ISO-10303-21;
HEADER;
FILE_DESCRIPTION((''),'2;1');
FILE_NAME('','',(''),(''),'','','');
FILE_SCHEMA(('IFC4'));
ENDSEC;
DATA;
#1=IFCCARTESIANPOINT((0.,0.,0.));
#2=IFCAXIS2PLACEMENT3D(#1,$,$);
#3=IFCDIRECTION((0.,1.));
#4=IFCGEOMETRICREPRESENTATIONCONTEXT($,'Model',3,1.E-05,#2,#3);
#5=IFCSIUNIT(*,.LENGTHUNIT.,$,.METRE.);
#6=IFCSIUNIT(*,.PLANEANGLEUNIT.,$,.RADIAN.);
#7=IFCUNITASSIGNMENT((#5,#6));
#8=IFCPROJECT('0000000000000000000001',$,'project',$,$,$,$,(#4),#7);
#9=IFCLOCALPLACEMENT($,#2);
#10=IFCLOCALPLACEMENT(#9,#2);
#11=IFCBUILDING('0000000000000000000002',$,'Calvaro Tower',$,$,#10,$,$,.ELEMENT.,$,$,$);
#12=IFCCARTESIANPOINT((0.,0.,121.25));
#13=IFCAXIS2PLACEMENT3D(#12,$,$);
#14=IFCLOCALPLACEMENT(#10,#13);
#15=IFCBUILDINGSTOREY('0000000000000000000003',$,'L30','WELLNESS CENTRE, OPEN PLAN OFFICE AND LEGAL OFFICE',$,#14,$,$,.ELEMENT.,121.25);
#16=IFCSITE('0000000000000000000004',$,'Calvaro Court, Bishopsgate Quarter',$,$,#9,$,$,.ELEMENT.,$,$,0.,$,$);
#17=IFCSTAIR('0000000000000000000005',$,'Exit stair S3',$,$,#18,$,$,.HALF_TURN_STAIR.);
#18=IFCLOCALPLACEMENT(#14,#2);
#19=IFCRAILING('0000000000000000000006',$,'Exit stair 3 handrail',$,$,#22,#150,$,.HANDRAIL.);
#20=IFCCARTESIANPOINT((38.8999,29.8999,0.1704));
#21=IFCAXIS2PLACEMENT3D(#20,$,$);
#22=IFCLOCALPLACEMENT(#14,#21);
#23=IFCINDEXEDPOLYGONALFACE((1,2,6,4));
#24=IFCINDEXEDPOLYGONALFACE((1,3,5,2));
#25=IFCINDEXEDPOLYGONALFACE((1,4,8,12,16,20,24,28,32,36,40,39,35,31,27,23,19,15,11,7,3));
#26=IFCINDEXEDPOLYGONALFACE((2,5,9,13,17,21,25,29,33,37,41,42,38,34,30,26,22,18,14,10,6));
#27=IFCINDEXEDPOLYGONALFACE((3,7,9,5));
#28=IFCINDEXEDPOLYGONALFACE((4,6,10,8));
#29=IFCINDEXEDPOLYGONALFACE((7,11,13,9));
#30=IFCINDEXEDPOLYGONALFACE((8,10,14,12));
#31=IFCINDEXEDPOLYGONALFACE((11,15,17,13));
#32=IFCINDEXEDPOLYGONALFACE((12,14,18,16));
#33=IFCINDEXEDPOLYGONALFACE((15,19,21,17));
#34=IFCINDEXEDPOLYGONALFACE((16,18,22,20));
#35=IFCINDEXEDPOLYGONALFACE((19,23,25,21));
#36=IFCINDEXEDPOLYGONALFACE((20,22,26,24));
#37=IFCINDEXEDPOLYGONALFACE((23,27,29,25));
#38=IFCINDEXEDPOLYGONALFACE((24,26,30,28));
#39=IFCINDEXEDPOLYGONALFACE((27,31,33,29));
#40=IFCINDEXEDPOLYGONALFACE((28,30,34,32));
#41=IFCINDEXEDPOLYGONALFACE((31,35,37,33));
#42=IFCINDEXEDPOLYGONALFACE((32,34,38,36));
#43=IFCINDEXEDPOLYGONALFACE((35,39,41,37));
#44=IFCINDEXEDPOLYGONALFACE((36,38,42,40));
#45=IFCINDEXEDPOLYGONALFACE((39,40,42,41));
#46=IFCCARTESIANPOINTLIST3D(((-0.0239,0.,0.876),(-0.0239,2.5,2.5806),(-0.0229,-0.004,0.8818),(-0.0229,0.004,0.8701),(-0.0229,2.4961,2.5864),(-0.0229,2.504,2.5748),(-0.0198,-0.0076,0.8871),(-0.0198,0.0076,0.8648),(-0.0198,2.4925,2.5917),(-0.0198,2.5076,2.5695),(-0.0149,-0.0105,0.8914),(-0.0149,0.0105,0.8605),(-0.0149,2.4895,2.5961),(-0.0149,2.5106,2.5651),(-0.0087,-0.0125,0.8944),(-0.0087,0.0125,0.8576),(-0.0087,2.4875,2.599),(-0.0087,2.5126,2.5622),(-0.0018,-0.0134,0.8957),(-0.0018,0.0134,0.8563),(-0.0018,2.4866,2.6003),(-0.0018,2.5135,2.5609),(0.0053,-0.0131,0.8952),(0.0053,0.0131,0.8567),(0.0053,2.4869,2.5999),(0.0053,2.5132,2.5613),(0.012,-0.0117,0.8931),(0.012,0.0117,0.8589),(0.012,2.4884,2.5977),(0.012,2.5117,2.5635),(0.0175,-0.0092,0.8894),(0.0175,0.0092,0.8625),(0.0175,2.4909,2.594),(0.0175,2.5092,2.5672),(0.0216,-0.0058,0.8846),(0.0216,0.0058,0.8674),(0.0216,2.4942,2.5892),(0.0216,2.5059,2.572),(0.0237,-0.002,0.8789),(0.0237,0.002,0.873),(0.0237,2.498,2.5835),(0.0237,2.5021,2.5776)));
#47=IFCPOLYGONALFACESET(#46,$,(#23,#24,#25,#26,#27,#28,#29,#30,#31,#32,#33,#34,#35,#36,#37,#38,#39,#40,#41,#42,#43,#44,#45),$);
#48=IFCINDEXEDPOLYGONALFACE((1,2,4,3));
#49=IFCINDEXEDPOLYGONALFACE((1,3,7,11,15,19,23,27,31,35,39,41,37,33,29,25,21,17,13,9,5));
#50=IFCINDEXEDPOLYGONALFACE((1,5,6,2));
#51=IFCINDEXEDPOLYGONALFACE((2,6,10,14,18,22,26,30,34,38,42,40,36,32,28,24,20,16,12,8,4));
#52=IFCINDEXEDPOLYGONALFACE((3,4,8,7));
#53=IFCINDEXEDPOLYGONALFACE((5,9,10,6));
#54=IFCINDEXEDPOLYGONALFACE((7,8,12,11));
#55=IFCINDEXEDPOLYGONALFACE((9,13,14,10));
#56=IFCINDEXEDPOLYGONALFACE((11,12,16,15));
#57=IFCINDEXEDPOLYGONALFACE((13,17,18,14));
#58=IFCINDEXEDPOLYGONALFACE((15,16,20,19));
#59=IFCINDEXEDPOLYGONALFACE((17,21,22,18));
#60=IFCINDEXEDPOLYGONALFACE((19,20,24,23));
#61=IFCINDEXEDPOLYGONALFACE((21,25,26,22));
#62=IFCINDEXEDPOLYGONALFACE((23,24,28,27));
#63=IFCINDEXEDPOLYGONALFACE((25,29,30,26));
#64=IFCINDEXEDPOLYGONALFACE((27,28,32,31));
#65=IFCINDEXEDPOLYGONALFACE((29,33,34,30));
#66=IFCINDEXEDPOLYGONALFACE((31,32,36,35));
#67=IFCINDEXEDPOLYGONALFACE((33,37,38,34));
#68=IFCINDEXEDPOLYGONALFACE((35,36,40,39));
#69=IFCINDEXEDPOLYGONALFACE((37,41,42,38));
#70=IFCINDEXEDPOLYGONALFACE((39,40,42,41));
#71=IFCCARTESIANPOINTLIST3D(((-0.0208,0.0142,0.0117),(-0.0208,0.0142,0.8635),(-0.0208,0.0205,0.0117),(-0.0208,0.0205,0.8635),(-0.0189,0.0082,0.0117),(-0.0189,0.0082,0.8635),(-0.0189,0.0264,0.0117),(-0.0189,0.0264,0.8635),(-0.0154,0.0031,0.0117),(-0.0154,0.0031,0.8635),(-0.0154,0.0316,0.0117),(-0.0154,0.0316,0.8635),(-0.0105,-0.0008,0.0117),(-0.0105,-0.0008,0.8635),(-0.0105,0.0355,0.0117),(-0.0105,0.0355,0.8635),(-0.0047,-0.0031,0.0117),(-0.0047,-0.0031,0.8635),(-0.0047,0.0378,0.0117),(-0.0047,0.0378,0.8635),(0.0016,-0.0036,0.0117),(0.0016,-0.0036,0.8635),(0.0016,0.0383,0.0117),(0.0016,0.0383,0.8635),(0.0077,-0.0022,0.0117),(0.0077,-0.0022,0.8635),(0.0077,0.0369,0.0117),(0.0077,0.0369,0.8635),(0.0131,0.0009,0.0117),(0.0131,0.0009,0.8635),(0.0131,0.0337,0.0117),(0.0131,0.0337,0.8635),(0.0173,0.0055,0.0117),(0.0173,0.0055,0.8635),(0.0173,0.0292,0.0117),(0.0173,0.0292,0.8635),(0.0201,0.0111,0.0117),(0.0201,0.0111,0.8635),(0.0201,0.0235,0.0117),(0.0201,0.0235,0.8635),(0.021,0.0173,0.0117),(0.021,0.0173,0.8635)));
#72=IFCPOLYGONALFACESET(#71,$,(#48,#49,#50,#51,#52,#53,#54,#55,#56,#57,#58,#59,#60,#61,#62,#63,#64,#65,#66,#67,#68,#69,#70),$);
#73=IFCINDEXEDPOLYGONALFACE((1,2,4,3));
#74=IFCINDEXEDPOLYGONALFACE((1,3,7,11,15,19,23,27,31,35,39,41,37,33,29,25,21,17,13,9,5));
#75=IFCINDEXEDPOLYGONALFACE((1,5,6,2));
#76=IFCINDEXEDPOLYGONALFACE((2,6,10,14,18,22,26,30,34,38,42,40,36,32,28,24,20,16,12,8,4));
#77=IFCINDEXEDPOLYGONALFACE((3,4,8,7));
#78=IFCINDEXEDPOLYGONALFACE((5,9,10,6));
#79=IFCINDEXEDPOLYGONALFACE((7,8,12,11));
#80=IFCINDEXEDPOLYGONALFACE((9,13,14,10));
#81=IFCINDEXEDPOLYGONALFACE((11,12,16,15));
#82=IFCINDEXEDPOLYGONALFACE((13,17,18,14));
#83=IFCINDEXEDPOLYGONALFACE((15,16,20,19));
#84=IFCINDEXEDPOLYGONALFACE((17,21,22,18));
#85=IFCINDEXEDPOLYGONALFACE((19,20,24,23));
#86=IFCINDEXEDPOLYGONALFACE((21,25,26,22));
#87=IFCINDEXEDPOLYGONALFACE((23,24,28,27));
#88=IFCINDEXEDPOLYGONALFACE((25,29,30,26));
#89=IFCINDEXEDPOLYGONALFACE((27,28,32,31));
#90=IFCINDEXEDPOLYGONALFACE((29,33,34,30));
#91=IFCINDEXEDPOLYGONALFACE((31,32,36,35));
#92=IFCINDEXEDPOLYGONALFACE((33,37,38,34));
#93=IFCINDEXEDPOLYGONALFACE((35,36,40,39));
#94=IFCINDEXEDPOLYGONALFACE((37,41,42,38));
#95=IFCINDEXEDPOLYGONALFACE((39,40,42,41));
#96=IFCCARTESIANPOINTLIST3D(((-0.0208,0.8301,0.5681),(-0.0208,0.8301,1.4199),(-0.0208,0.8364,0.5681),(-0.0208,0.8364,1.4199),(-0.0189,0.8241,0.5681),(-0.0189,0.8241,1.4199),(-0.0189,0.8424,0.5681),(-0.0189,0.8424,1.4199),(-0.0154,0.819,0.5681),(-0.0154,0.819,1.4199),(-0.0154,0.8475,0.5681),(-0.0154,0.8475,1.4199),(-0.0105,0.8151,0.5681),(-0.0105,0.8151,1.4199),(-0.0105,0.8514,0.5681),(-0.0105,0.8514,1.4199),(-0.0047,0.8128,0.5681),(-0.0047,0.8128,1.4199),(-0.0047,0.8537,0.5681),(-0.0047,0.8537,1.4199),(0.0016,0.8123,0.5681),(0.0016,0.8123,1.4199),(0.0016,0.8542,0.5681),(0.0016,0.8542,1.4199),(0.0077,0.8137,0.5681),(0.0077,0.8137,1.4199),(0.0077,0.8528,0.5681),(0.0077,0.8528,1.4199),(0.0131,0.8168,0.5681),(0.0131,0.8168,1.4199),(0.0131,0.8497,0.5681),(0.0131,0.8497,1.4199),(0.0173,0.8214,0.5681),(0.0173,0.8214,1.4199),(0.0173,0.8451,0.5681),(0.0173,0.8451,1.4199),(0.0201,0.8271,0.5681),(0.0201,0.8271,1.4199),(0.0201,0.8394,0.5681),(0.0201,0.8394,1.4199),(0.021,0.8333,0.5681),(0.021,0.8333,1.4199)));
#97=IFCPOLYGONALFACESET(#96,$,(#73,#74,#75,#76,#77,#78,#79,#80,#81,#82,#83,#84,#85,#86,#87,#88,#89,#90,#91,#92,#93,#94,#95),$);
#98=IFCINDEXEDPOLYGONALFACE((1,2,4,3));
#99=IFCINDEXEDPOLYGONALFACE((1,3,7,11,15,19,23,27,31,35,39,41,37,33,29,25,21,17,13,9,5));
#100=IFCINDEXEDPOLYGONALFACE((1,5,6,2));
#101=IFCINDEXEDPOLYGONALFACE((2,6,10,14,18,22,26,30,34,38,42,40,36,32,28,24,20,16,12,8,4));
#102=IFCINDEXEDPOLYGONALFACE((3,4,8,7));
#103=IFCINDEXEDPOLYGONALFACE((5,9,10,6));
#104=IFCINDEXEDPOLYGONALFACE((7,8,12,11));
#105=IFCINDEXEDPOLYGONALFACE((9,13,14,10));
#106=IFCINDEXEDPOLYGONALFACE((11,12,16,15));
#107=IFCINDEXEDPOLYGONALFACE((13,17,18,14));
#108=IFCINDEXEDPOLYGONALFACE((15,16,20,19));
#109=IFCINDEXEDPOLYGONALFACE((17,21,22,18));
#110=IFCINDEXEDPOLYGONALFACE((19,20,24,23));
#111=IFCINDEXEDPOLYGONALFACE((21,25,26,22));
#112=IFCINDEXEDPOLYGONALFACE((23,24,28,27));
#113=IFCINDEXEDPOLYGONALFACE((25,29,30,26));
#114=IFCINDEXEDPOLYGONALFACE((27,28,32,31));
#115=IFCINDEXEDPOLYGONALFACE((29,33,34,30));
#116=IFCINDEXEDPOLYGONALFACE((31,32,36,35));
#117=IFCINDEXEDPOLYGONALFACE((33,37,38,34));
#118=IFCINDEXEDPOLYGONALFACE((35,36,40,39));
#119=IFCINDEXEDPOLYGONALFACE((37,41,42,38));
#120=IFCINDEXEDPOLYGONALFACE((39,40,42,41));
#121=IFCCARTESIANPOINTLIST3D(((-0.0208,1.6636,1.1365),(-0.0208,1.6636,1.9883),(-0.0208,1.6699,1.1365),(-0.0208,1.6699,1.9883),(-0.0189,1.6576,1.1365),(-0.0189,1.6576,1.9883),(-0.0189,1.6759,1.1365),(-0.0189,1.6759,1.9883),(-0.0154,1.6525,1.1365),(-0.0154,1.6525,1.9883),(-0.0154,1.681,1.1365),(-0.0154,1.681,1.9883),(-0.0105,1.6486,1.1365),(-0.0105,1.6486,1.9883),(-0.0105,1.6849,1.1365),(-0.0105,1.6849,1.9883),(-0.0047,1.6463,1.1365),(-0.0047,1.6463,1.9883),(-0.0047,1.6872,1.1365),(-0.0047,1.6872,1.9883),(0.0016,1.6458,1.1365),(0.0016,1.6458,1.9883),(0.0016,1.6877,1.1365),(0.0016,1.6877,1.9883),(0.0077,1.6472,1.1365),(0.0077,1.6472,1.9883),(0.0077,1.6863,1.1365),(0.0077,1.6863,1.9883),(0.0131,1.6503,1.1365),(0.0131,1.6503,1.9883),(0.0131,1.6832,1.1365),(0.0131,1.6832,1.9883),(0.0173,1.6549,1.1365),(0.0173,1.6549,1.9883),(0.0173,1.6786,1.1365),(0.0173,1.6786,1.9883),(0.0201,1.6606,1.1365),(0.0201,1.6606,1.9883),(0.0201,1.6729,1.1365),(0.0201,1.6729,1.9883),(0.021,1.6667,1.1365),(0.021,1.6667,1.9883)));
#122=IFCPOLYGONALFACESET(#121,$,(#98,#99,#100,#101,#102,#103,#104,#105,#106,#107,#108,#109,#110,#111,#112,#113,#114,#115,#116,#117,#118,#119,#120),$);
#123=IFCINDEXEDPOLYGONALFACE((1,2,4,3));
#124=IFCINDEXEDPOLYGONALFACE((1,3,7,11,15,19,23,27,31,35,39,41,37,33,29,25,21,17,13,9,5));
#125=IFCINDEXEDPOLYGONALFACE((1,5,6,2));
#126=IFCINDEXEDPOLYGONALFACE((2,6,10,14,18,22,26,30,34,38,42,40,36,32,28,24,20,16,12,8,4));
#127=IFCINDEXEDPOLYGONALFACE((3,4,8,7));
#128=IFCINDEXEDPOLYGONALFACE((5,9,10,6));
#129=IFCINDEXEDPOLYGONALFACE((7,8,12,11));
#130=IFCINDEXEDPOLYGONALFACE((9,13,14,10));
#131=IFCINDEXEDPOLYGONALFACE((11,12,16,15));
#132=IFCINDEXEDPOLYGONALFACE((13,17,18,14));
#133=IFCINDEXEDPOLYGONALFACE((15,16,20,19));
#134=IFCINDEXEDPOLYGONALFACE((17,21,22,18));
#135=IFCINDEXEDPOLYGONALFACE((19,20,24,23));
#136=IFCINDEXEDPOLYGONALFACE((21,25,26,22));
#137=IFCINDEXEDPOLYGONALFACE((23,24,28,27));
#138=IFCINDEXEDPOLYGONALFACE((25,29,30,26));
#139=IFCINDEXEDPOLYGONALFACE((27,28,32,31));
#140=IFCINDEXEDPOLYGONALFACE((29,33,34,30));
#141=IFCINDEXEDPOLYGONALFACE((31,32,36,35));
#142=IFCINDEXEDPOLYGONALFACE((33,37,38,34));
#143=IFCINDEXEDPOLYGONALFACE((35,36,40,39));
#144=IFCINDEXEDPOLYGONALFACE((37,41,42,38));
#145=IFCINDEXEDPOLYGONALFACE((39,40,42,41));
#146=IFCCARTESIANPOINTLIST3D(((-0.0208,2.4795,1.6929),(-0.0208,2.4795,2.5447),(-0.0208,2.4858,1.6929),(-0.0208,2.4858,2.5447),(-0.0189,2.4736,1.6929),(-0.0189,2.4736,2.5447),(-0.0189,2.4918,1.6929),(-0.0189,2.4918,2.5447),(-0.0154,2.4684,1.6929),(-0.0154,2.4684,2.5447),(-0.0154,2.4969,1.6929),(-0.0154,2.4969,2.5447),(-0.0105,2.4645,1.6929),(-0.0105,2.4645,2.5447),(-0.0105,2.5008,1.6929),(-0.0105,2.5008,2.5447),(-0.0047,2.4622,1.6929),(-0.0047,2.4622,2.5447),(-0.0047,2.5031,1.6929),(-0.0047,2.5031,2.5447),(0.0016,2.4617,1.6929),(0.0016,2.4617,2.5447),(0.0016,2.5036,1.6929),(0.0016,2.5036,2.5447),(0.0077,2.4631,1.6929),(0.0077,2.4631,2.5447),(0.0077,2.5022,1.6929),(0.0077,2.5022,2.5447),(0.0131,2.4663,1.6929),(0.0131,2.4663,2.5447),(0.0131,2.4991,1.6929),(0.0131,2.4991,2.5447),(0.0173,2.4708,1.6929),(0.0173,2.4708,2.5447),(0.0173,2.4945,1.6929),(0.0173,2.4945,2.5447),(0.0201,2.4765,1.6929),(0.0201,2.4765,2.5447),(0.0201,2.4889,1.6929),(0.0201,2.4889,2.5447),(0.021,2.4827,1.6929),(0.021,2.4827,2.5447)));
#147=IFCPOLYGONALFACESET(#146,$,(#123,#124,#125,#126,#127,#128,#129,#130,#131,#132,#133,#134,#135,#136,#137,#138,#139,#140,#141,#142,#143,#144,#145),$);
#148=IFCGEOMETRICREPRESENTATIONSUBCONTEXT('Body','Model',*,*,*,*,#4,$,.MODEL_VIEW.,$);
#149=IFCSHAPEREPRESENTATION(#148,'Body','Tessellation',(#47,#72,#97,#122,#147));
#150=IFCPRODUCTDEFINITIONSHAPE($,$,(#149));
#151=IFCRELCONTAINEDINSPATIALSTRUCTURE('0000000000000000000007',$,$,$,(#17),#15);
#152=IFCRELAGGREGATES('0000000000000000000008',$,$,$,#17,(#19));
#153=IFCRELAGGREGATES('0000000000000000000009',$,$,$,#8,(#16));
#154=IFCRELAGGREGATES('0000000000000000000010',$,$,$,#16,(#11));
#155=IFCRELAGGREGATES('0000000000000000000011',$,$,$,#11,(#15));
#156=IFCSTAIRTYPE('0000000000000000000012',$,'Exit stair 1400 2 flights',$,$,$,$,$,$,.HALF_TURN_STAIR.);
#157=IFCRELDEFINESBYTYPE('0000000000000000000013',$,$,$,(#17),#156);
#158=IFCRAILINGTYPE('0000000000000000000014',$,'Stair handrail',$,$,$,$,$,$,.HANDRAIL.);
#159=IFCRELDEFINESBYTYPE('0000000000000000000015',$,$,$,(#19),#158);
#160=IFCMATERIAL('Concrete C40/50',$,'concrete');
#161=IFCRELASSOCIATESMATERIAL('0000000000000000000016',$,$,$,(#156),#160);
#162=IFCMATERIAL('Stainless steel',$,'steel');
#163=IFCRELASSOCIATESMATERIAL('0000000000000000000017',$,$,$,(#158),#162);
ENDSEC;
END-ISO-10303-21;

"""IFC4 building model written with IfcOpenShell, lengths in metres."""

from ifc_helpers import new_model, si_unit, direction, frame, origin, origin_2d, place, context, subcontext, project, spatial, circle, extrude, material, type_object, element, aggregate, save


model = new_model("IFC4")

# Units and contexts
model_context = context("Model", 3, precision=1e-05, world=origin(), true_north=direction((0.0, 1.0)))
body_context = subcontext(model_context, "Body", "Model", "MODEL_VIEW")
ifc_project = project(units=[si_unit("LENGTHUNIT", "METRE"), si_unit("PLANEANGLEUNIT", "RADIAN")], contexts=[model_context])

# Site, building, storey
site_placement = place(None, origin())
site = spatial("IfcSite", under=ifc_project, at=site_placement, Name="Calvaro Court, Bishopsgate Quarter", CompositionType="ELEMENT", RefElevation=0.0)
building_placement = place(site_placement, origin())
building = spatial("IfcBuilding", under=site, at=building_placement, Name="Calvaro Tower", CompositionType="ELEMENT")
storey_placement = place(building_placement, frame((0.0, 0.0, 121.25)))
storey = spatial("IfcBuildingStorey", under=building, at=storey_placement, Name="L30", Description="WELLNESS CENTRE, OPEN PLAN OFFICE AND LEGAL OFFICE", CompositionType="ELEMENT", Elevation=121.25)

# Stair
ifc_material_1 = material(Name="Concrete C40/50", Category="concrete")
stair_type = type_object("IfcStairType", Name="Exit stair 1400 2 flights", PredefinedType="HALF_TURN_STAIR", material=ifc_material_1)
stair_1_placement = place(storey_placement, origin())
stair_1 = element("IfcStair", 1, at=stair_1_placement, inside=storey, type_object=stair_type, Name="Exit stair S3", PredefinedType="HALF_TURN_STAIR")

# Railing
ifc_material_2 = material(Name="Stainless steel", Category="steel")
railing_type = type_object("IfcRailingType", Name="Stair handrail", PredefinedType="HANDRAIL", material=ifc_material_2)
railing_1_placement = place(storey_placement, frame((38.8999, 29.8999, 0.1704)))
railing_1 = element("IfcRailing", 2, at=railing_1_placement, type_object=railing_type, Name="Exit stair 3 handrail", PredefinedType="HANDRAIL", context=body_context, shape_type="SweptSolid", body=[
    extrude(circle(Radius=0.0239, at=origin_2d()), frame((0.0, 0.0, 0.876), z_axis=(0.0, 0.826221, 0.563347), x_axis=(-1.0, 0.0, 0.0)), (0.0, 0.0, 1.0), 3.0259),
    extrude(circle(Radius=0.021, at=origin_2d()), frame((0.0, 0.0173, 0.0117)), (0.0, 0.0, 1.0), 0.8518),
    extrude(circle(Radius=0.021, at=origin_2d()), frame((0.0, 0.8333, 0.5681)), (0.0, 0.0, 1.0), 0.8518),
    extrude(circle(Radius=0.021, at=origin_2d()), frame((0.0, 1.6667, 1.1365)), (0.0, 0.0, 1.0), 0.8518),
    extrude(circle(Radius=0.021, at=origin_2d()), frame((0.0, 2.4827, 1.6929)), (0.0, 0.0, 1.0), 0.8518),
])
aggregate(stair_1, [railing_1])

save(model, "model.ifc")
